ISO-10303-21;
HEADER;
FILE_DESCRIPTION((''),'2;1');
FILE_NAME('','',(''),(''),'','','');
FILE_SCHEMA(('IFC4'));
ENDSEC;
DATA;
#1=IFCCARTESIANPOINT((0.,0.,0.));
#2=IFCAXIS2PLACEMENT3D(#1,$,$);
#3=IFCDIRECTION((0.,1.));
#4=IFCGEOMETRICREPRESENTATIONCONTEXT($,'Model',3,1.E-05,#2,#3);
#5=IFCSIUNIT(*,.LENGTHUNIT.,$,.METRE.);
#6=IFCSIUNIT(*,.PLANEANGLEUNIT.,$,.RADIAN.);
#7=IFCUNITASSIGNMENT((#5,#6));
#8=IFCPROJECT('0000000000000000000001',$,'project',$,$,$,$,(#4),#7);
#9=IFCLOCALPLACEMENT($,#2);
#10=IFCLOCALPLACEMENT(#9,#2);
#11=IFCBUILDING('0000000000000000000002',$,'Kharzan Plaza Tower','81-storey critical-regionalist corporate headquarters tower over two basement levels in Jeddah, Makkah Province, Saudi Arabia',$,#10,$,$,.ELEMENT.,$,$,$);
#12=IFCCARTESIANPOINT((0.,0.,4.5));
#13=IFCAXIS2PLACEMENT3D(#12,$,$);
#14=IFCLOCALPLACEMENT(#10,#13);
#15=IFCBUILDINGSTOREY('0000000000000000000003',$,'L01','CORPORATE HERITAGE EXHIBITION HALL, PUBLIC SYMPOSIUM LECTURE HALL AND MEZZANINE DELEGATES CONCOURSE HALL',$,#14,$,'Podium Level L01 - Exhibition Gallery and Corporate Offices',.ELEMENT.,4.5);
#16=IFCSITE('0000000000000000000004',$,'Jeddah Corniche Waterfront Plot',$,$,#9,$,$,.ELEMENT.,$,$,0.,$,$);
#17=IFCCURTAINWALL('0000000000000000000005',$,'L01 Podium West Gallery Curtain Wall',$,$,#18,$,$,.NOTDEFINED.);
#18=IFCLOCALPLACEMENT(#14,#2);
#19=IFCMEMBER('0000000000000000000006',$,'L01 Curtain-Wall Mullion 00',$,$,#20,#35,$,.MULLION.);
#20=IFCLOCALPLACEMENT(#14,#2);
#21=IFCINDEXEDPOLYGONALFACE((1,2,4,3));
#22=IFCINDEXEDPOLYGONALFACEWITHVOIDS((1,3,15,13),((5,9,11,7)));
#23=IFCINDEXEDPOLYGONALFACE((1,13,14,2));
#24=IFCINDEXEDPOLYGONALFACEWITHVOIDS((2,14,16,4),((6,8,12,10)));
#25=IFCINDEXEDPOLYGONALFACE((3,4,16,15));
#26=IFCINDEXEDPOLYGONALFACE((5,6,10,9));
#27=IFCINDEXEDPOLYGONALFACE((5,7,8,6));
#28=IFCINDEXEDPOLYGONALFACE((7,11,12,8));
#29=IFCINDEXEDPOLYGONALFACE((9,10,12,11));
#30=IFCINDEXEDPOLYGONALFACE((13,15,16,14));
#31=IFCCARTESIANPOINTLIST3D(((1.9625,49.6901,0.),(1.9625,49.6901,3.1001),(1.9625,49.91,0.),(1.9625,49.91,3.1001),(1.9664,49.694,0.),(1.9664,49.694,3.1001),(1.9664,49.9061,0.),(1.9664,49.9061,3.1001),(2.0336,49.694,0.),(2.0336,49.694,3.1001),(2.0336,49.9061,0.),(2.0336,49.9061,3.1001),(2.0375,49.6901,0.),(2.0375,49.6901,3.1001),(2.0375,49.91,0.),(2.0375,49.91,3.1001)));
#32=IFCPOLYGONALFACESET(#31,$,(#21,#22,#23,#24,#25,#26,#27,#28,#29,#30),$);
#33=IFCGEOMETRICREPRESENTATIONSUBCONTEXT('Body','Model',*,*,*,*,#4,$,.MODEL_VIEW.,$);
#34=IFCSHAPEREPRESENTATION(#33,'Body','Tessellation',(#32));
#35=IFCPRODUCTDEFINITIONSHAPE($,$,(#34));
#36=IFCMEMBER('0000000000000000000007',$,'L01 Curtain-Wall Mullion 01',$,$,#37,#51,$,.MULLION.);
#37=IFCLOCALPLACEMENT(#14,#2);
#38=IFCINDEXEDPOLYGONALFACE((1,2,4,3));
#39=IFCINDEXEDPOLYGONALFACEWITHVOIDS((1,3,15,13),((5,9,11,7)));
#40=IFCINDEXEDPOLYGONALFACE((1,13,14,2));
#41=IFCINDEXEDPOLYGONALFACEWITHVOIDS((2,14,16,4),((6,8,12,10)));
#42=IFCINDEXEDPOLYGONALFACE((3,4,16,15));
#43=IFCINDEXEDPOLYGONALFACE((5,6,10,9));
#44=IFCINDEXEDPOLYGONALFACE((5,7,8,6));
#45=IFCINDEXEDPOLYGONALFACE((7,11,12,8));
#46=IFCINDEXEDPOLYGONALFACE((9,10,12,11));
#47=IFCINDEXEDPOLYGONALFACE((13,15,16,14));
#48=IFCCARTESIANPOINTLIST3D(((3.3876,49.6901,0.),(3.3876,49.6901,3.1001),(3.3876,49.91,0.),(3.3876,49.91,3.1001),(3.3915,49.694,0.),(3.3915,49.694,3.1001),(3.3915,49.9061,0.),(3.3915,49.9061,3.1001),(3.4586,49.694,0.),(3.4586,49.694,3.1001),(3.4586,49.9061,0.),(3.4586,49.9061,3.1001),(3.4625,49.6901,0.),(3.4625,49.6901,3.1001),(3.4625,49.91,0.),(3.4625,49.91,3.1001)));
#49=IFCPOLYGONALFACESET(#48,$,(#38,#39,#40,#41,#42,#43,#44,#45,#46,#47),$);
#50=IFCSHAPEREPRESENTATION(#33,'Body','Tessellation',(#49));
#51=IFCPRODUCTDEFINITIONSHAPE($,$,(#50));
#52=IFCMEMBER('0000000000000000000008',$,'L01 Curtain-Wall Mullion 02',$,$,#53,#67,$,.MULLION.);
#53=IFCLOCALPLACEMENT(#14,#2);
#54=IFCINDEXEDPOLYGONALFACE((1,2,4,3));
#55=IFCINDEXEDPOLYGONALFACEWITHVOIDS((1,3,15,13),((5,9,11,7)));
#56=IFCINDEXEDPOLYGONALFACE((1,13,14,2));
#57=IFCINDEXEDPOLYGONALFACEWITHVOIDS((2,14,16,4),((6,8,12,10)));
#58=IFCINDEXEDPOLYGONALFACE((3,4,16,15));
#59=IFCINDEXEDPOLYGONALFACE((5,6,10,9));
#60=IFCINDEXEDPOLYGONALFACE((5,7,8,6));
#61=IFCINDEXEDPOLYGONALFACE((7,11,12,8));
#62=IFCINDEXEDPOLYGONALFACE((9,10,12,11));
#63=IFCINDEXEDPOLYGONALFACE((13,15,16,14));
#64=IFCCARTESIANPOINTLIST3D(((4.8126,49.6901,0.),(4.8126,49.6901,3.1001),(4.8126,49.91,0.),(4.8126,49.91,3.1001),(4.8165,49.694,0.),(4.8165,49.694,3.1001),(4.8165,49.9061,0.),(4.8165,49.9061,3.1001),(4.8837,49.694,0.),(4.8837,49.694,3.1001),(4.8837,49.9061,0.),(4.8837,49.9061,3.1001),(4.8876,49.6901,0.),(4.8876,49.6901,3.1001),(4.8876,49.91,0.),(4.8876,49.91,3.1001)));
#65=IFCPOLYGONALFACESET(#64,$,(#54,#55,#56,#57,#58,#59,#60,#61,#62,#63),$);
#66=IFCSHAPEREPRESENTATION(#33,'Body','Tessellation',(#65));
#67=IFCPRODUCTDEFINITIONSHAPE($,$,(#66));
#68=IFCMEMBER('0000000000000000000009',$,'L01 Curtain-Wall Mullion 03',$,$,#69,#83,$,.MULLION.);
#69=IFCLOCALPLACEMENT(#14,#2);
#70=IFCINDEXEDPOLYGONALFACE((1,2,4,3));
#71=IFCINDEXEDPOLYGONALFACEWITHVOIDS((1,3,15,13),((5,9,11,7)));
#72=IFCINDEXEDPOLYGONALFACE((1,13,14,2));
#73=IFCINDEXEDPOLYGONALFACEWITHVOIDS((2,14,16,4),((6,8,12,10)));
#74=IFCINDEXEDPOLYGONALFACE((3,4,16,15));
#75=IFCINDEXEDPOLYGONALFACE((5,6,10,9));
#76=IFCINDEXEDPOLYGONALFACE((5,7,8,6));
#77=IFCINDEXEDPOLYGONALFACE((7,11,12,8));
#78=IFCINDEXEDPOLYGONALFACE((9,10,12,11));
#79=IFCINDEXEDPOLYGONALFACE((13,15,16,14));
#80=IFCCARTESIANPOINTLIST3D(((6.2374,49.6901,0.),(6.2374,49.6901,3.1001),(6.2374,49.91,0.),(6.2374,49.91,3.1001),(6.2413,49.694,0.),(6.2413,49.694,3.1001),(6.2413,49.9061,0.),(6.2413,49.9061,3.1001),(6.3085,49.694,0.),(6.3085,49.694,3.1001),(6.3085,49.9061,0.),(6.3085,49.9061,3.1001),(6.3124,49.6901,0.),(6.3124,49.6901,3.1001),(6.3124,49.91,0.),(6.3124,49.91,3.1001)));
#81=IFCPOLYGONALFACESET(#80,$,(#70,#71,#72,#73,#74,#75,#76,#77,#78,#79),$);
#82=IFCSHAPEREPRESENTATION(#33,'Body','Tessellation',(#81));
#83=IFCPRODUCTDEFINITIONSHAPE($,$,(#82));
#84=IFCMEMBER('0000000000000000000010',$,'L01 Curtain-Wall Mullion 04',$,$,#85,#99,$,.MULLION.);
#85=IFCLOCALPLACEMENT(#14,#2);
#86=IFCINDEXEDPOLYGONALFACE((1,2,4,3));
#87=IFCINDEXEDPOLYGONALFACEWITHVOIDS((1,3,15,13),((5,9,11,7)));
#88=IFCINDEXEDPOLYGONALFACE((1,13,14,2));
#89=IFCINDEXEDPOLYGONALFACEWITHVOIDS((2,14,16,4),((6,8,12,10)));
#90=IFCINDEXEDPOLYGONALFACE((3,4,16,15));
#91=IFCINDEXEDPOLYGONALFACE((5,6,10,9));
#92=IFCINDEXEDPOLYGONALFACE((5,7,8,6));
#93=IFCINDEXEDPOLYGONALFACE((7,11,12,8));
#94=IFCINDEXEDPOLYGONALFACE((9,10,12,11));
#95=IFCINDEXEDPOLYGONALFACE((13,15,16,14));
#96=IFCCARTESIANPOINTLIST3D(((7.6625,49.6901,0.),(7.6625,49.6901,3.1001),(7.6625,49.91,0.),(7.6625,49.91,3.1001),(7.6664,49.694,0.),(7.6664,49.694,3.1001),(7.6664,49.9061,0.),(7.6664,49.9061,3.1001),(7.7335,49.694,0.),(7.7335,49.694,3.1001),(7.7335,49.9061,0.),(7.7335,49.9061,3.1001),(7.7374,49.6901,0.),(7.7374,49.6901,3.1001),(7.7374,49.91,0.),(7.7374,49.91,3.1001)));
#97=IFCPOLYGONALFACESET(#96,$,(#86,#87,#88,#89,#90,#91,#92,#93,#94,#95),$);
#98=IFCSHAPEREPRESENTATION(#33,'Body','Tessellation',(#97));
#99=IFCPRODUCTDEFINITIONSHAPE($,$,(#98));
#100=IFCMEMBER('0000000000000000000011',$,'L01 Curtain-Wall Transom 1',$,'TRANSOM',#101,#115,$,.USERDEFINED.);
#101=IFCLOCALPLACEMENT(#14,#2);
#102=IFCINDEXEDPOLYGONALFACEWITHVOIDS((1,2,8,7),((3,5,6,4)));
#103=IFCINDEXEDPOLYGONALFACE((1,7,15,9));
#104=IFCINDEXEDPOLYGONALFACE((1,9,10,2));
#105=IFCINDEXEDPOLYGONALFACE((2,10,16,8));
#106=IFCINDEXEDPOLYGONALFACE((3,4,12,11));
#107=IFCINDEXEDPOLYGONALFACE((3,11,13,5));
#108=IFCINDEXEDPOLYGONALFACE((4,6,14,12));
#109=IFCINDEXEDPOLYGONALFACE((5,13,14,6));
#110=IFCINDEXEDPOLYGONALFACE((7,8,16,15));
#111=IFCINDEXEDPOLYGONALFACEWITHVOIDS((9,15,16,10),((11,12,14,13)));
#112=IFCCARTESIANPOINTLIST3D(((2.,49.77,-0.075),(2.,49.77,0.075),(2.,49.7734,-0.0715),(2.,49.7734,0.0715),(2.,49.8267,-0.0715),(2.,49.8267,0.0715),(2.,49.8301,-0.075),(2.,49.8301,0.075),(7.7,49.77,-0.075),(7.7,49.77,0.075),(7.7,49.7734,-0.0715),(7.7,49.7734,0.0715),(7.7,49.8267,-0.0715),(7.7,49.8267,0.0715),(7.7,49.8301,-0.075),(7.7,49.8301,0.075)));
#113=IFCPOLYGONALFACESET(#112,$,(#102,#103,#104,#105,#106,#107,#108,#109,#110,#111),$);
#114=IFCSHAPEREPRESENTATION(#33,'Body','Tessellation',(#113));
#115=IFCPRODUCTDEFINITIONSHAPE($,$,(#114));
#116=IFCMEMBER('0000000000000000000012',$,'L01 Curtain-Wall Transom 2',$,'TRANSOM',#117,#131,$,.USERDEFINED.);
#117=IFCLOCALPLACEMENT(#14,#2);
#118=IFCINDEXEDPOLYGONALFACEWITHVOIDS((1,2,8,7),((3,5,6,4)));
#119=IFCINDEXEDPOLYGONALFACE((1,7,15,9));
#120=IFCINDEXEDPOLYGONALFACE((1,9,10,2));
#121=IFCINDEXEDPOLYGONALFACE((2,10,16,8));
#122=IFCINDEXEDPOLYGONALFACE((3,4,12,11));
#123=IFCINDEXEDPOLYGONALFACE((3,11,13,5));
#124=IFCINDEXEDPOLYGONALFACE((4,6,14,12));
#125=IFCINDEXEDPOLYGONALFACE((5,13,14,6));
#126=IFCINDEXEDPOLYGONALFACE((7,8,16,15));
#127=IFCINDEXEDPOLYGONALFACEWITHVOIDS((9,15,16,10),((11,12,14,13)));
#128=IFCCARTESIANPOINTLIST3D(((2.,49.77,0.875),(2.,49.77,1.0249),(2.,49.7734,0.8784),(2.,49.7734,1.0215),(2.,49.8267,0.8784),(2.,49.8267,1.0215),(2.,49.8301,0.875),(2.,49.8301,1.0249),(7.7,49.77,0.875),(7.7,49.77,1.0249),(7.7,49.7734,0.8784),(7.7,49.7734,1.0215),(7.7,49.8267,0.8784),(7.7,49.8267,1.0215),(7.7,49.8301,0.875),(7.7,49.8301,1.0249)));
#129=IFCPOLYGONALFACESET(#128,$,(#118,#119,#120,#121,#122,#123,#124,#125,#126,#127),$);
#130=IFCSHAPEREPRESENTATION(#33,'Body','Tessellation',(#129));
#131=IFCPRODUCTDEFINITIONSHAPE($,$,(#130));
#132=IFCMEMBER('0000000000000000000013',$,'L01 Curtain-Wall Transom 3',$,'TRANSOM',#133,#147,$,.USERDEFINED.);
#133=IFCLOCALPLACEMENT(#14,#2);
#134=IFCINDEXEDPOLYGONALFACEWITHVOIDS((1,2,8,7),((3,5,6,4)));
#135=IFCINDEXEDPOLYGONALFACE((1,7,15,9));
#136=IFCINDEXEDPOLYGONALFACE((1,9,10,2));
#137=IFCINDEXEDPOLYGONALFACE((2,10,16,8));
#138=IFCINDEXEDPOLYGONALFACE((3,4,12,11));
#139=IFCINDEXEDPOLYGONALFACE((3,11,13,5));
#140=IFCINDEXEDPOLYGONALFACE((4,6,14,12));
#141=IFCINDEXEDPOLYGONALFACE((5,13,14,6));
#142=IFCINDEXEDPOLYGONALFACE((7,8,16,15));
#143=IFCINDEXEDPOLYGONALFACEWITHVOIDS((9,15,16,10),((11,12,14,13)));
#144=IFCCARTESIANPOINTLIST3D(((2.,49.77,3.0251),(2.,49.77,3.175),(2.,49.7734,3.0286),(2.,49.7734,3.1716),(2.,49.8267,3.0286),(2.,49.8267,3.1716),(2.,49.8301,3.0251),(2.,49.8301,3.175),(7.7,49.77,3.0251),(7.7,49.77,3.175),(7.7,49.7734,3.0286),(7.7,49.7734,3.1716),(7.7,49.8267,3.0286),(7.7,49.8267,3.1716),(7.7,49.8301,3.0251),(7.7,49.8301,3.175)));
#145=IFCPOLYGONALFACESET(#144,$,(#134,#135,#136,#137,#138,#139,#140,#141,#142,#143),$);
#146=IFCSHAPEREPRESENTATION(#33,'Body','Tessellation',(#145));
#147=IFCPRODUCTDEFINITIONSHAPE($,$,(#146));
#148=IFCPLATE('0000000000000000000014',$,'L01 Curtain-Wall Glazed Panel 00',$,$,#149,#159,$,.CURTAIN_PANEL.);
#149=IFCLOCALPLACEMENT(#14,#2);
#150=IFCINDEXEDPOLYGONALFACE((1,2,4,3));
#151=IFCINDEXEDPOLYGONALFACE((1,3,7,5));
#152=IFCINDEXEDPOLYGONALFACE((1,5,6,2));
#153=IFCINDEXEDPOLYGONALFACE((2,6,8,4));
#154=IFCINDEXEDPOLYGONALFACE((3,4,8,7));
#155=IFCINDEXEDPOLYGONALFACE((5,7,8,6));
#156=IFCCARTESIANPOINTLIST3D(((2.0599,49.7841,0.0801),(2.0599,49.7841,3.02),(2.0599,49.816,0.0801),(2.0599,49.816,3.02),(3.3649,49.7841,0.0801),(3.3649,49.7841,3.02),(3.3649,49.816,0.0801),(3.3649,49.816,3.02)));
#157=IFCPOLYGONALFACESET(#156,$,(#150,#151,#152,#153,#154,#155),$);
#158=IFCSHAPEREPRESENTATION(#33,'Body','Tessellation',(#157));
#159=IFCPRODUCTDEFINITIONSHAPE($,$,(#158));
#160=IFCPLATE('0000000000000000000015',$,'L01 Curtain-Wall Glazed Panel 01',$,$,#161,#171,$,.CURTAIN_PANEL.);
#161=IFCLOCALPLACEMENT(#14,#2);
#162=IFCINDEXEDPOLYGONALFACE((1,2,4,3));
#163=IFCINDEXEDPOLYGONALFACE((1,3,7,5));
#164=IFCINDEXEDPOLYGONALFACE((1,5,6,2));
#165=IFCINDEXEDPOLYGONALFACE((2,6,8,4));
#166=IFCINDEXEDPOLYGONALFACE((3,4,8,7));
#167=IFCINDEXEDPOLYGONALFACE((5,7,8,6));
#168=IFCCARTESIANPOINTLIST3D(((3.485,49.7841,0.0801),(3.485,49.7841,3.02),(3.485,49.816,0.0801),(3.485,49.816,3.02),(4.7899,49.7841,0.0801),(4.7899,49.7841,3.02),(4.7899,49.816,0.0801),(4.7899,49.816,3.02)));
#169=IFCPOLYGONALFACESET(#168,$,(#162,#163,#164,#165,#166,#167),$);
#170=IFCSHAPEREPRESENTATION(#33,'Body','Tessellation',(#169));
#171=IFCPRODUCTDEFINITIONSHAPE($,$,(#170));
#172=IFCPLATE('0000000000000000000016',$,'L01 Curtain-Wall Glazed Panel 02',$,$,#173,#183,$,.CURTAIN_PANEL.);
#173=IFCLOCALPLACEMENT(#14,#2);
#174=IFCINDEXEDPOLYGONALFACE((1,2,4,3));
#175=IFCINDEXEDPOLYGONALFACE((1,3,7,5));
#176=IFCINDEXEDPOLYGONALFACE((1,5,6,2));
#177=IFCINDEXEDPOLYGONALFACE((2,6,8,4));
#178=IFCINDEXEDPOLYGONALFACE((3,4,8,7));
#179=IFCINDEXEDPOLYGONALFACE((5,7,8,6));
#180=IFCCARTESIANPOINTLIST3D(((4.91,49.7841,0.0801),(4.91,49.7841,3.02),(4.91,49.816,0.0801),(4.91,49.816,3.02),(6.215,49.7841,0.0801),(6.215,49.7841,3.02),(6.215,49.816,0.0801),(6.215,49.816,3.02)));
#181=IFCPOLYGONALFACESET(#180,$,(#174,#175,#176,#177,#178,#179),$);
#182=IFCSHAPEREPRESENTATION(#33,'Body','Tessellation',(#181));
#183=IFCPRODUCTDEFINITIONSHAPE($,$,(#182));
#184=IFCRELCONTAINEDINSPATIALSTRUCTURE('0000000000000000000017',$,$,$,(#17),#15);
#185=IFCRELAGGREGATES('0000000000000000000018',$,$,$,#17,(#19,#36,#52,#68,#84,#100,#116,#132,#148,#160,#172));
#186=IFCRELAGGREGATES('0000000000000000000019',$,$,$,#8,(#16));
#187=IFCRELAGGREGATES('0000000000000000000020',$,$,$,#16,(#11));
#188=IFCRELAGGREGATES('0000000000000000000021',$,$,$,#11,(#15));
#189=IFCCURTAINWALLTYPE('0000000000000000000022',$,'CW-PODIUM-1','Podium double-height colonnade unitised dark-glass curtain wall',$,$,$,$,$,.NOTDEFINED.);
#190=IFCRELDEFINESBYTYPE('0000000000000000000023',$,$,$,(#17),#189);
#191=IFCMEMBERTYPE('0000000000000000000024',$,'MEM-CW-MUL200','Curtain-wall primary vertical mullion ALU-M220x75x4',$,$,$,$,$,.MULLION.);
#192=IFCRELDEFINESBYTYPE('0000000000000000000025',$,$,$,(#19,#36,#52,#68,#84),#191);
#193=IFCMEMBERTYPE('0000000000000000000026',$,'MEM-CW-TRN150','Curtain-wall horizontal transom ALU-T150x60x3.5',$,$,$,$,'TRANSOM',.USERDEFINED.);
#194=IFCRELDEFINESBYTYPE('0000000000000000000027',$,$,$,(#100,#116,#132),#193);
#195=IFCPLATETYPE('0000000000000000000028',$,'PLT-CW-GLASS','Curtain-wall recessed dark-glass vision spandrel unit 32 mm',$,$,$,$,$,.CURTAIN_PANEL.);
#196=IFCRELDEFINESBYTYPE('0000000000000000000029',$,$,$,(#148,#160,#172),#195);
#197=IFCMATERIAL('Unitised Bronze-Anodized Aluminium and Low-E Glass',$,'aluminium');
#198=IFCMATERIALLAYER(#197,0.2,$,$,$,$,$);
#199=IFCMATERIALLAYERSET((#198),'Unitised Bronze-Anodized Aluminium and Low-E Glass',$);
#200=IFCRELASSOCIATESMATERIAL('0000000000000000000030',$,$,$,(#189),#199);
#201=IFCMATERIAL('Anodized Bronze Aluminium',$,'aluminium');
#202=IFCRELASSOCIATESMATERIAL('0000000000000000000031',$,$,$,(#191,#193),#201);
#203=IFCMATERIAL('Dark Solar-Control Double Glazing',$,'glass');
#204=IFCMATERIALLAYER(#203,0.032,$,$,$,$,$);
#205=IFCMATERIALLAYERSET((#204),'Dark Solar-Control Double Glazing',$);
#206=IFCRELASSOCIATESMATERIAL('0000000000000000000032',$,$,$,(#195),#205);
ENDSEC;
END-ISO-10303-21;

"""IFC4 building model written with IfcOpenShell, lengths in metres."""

from ifc_helpers import new_model, si_unit, direction, frame, origin, origin_2d, place, context, subcontext, project, spatial, rectangle, hollow_rectangle, extrude, source, transform, mapped, material, layer, layer_set, material_profile, profile_set, type_object, element, aggregate, save


model = new_model("IFC4")

# Units and contexts
model_context = context("Model", 3, precision=1e-05, world=origin(), true_north=direction((0.0, 1.0)))
body_context = subcontext(model_context, "Body", "Model", "MODEL_VIEW")
ifc_project = project(units=[si_unit("LENGTHUNIT", "METRE"), si_unit("PLANEANGLEUNIT", "RADIAN")], contexts=[model_context])

# Site, building, storey
site_placement = place(None, origin())
site = spatial("IfcSite", under=ifc_project, at=site_placement, Name="Jeddah Corniche Waterfront Plot", CompositionType="ELEMENT", RefElevation=0.0)
building_placement = place(site_placement, origin())
building = spatial("IfcBuilding", under=site, at=building_placement, Name="Kharzan Plaza Tower", Description="81-storey critical-regionalist corporate headquarters tower over two basement levels in Jeddah, Makkah Province, Saudi Arabia", CompositionType="ELEMENT")
storey_placement = place(building_placement, frame((0.0, 0.0, 4.5)))
storey = spatial("IfcBuildingStorey", under=building, at=storey_placement, Name="L01", Description="CORPORATE HERITAGE EXHIBITION HALL, PUBLIC SYMPOSIUM LECTURE HALL AND MEZZANINE DELEGATES CONCOURSE HALL", LongName="Podium Level L01 - Exhibition Gallery and Corporate Offices", CompositionType="ELEMENT", Elevation=4.5)

# Curtain wall, members, plates
ifc_material_1 = material(Name="Unitised Bronze-Anodized Aluminium and Low-E Glass", Category="aluminium")
ifc_layer_1 = layer(ifc_material_1, 0.2)
ifc_layer_set_1 = layer_set([ifc_layer_1], Name="Unitised Bronze-Anodized Aluminium and Low-E Glass")
curtain_wall_type = type_object("IfcCurtainWallType", Name="CW-PODIUM-1", Description="Podium double-height colonnade unitised dark-glass curtain wall", PredefinedType="NOTDEFINED", material=ifc_layer_set_1)
curtain_wall_placement = place(storey_placement, origin())
curtain_wall = element("IfcCurtainWall", 1, at=curtain_wall_placement, inside=storey, type_object=curtain_wall_type, Name="L01 Podium West Gallery Curtain Wall", PredefinedType="NOTDEFINED")
ifc_material_2 = material(Name="Anodized Bronze Aluminium", Category="aluminium")
ifc_material_profile_1 = material_profile(ifc_material_2, hollow_rectangle(XDim=0.075, YDim=0.22, WallThickness=0.0039, at=origin_2d()), Name="ALU-M220x75x4")
ifc_profile_set_1 = profile_set([ifc_material_profile_1], Name="Anodized Bronze Aluminium")
member_type_1 = type_object("IfcMemberType", Name="MEM-CW-MUL200", Description="Curtain-wall primary vertical mullion ALU-M220x75x4", PredefinedType="MULLION", material=ifc_profile_set_1)
shared_shape_1 = source(origin(), body_context, "Body", "SweptSolid", [
    extrude(hollow_rectangle(XDim=0.075, YDim=0.22, WallThickness=0.0039, at=origin_2d()), origin(), (0.0, 0.0, 1.0), 3.1001),
])
member_1_placement = place(storey_placement, frame((2.0, 49.8, 0.0), z_axis=(0.0, 0.0, 1.0), x_axis=(1.0, 0.0, 0.0)))
member_1 = element("IfcMember", 2, at=member_1_placement, type_object=member_type_1, Name="L01 Curtain-Wall Mullion 00", PredefinedType="MULLION", context=body_context, shape_type="MappedRepresentation", body=[
    mapped(shared_shape_1, transform((0.0, 0.0, 0.0), x_axis=(1.0, 0.0, 0.0), y_axis=(0.0, 1.0, 0.0), z_axis=(0.0, 0.0, 1.0))),
])
member_2_placement = place(storey_placement, frame((3.425, 49.8, 0.0), z_axis=(0.0, 0.0, 1.0), x_axis=(1.0, 0.0, 0.0)))
member_2 = element("IfcMember", 3, at=member_2_placement, type_object=member_type_1, Name="L01 Curtain-Wall Mullion 01", PredefinedType="MULLION", context=body_context, shape_type="MappedRepresentation", body=[
    mapped(shared_shape_1, transform((0.0, 0.0, 0.0), x_axis=(1.0, 0.0, 0.0), y_axis=(0.0, 1.0, 0.0), z_axis=(0.0, 0.0, 1.0))),
])
member_3_placement = place(storey_placement, frame((4.8501, 49.8, 0.0), z_axis=(0.0, 0.0, 1.0), x_axis=(1.0, 0.0, 0.0)))
member_3 = element("IfcMember", 4, at=member_3_placement, type_object=member_type_1, Name="L01 Curtain-Wall Mullion 02", PredefinedType="MULLION", context=body_context, shape_type="MappedRepresentation", body=[
    mapped(shared_shape_1, transform((0.0, 0.0, 0.0), x_axis=(1.0, 0.0, 0.0), y_axis=(0.0, 1.0, 0.0), z_axis=(0.0, 0.0, 1.0))),
])
member_4_placement = place(storey_placement, frame((6.2749, 49.8, 0.0), z_axis=(0.0, 0.0, 1.0), x_axis=(1.0, 0.0, 0.0)))
member_4 = element("IfcMember", 5, at=member_4_placement, type_object=member_type_1, Name="L01 Curtain-Wall Mullion 03", PredefinedType="MULLION", context=body_context, shape_type="MappedRepresentation", body=[
    mapped(shared_shape_1, transform((0.0, 0.0, 0.0), x_axis=(1.0, 0.0, 0.0), y_axis=(0.0, 1.0, 0.0), z_axis=(0.0, 0.0, 1.0))),
])
member_5_placement = place(storey_placement, frame((7.7, 49.8, 0.0), z_axis=(0.0, 0.0, 1.0), x_axis=(1.0, 0.0, 0.0)))
member_5 = element("IfcMember", 6, at=member_5_placement, type_object=member_type_1, Name="L01 Curtain-Wall Mullion 04", PredefinedType="MULLION", context=body_context, shape_type="MappedRepresentation", body=[
    mapped(shared_shape_1, transform((0.0, 0.0, 0.0), x_axis=(1.0, 0.0, 0.0), y_axis=(0.0, 1.0, 0.0), z_axis=(0.0, 0.0, 1.0))),
])
ifc_material_profile_2 = material_profile(ifc_material_2, hollow_rectangle(XDim=0.0601, YDim=0.1499, WallThickness=0.0034, at=origin_2d()), Name="ALU-T150x60x3.5")
ifc_profile_set_2 = profile_set([ifc_material_profile_2], Name="Anodized Bronze Aluminium")
member_type_2 = type_object("IfcMemberType", Name="MEM-CW-TRN150", Description="Curtain-wall horizontal transom ALU-T150x60x3.5", ElementType="TRANSOM", PredefinedType="USERDEFINED", material=ifc_profile_set_2)
shared_shape_2 = source(origin(), body_context, "Body", "SweptSolid", [
    extrude(hollow_rectangle(XDim=0.0601, YDim=0.1499, WallThickness=0.0034, at=origin_2d()), origin(), (0.0, 0.0, 1.0), 5.7),
])
member_6_placement = place(storey_placement, frame((2.0, 49.8, 0.0), z_axis=(1.0, 0.0, 0.0), x_axis=(0.0, 1.0, 0.0)))
member_6 = element("IfcMember", 7, at=member_6_placement, type_object=member_type_2, Name="L01 Curtain-Wall Transom 1", ObjectType="TRANSOM", PredefinedType="USERDEFINED", context=body_context, shape_type="MappedRepresentation", body=[
    mapped(shared_shape_2, transform((0.0, 0.0, 0.0), x_axis=(1.0, 0.0, 0.0), y_axis=(0.0, 1.0, 0.0), z_axis=(0.0, 0.0, 1.0))),
])
member_7_placement = place(storey_placement, frame((2.0, 49.8, 0.95), z_axis=(1.0, 0.0, 0.0), x_axis=(0.0, 1.0, 0.0)))
member_7 = element("IfcMember", 8, at=member_7_placement, type_object=member_type_2, Name="L01 Curtain-Wall Transom 2", ObjectType="TRANSOM", PredefinedType="USERDEFINED", context=body_context, shape_type="MappedRepresentation", body=[
    mapped(shared_shape_2, transform((0.0, 0.0, 0.0), x_axis=(1.0, 0.0, 0.0), y_axis=(0.0, 1.0, 0.0), z_axis=(0.0, 0.0, 1.0))),
])
member_8_placement = place(storey_placement, frame((2.0, 49.8, 3.1001), z_axis=(1.0, 0.0, 0.0), x_axis=(0.0, 1.0, 0.0)))
member_8 = element("IfcMember", 9, at=member_8_placement, type_object=member_type_2, Name="L01 Curtain-Wall Transom 3", ObjectType="TRANSOM", PredefinedType="USERDEFINED", context=body_context, shape_type="MappedRepresentation", body=[
    mapped(shared_shape_2, transform((0.0, 0.0, 0.0), x_axis=(1.0, 0.0, 0.0), y_axis=(0.0, 1.0, 0.0), z_axis=(0.0, 0.0, 1.0))),
])
ifc_material_3 = material(Name="Dark Solar-Control Double Glazing", Category="glass")
ifc_layer_2 = layer(ifc_material_3, 0.032)
ifc_layer_set_2 = layer_set([ifc_layer_2], Name="Dark Solar-Control Double Glazing")
plate_type = type_object("IfcPlateType", Name="PLT-CW-GLASS", Description="Curtain-wall recessed dark-glass vision spandrel unit 32 mm", PredefinedType="CURTAIN_PANEL", material=ifc_layer_set_2)
shared_shape_3 = source(origin(), body_context, "Body", "SweptSolid", [
    extrude(rectangle(XDim=1.3049, YDim=0.032, at=origin_2d()), origin(), (0.0, 0.0, 1.0), 2.9399),
])
plate_1_placement = place(storey_placement, frame((2.7124, 49.8, 0.0801), z_axis=(0.0, 0.0, 1.0), x_axis=(1.0, 0.0, 0.0)))
plate_1 = element("IfcPlate", 10, at=plate_1_placement, type_object=plate_type, Name="L01 Curtain-Wall Glazed Panel 00", PredefinedType="CURTAIN_PANEL", context=body_context, shape_type="MappedRepresentation", body=[
    mapped(shared_shape_3, transform((0.0, 0.0, 0.0), x_axis=(1.0, 0.0, 0.0), y_axis=(0.0, 1.0, 0.0), z_axis=(0.0, 0.0, 1.0))),
])
plate_2_placement = place(storey_placement, frame((4.1375, 49.8, 0.0801), z_axis=(0.0, 0.0, 1.0), x_axis=(1.0, 0.0, 0.0)))
plate_2 = element("IfcPlate", 11, at=plate_2_placement, type_object=plate_type, Name="L01 Curtain-Wall Glazed Panel 01", PredefinedType="CURTAIN_PANEL", context=body_context, shape_type="MappedRepresentation", body=[
    mapped(shared_shape_3, transform((0.0, 0.0, 0.0), x_axis=(1.0, 0.0, 0.0), y_axis=(0.0, 1.0, 0.0), z_axis=(0.0, 0.0, 1.0))),
])
plate_3_placement = place(storey_placement, frame((5.5625, 49.8, 0.0801), z_axis=(0.0, 0.0, 1.0), x_axis=(1.0, 0.0, 0.0)))
plate_3 = element("IfcPlate", 12, at=plate_3_placement, type_object=plate_type, Name="L01 Curtain-Wall Glazed Panel 02", PredefinedType="CURTAIN_PANEL", context=body_context, shape_type="MappedRepresentation", body=[
    mapped(shared_shape_3, transform((0.0, 0.0, 0.0), x_axis=(1.0, 0.0, 0.0), y_axis=(0.0, 1.0, 0.0), z_axis=(0.0, 0.0, 1.0))),
])
aggregate(curtain_wall, [member_1, member_2, member_3, member_4, member_5, member_6, member_7, member_8, plate_1, plate_2, plate_3])

save(model, "model.ifc")
